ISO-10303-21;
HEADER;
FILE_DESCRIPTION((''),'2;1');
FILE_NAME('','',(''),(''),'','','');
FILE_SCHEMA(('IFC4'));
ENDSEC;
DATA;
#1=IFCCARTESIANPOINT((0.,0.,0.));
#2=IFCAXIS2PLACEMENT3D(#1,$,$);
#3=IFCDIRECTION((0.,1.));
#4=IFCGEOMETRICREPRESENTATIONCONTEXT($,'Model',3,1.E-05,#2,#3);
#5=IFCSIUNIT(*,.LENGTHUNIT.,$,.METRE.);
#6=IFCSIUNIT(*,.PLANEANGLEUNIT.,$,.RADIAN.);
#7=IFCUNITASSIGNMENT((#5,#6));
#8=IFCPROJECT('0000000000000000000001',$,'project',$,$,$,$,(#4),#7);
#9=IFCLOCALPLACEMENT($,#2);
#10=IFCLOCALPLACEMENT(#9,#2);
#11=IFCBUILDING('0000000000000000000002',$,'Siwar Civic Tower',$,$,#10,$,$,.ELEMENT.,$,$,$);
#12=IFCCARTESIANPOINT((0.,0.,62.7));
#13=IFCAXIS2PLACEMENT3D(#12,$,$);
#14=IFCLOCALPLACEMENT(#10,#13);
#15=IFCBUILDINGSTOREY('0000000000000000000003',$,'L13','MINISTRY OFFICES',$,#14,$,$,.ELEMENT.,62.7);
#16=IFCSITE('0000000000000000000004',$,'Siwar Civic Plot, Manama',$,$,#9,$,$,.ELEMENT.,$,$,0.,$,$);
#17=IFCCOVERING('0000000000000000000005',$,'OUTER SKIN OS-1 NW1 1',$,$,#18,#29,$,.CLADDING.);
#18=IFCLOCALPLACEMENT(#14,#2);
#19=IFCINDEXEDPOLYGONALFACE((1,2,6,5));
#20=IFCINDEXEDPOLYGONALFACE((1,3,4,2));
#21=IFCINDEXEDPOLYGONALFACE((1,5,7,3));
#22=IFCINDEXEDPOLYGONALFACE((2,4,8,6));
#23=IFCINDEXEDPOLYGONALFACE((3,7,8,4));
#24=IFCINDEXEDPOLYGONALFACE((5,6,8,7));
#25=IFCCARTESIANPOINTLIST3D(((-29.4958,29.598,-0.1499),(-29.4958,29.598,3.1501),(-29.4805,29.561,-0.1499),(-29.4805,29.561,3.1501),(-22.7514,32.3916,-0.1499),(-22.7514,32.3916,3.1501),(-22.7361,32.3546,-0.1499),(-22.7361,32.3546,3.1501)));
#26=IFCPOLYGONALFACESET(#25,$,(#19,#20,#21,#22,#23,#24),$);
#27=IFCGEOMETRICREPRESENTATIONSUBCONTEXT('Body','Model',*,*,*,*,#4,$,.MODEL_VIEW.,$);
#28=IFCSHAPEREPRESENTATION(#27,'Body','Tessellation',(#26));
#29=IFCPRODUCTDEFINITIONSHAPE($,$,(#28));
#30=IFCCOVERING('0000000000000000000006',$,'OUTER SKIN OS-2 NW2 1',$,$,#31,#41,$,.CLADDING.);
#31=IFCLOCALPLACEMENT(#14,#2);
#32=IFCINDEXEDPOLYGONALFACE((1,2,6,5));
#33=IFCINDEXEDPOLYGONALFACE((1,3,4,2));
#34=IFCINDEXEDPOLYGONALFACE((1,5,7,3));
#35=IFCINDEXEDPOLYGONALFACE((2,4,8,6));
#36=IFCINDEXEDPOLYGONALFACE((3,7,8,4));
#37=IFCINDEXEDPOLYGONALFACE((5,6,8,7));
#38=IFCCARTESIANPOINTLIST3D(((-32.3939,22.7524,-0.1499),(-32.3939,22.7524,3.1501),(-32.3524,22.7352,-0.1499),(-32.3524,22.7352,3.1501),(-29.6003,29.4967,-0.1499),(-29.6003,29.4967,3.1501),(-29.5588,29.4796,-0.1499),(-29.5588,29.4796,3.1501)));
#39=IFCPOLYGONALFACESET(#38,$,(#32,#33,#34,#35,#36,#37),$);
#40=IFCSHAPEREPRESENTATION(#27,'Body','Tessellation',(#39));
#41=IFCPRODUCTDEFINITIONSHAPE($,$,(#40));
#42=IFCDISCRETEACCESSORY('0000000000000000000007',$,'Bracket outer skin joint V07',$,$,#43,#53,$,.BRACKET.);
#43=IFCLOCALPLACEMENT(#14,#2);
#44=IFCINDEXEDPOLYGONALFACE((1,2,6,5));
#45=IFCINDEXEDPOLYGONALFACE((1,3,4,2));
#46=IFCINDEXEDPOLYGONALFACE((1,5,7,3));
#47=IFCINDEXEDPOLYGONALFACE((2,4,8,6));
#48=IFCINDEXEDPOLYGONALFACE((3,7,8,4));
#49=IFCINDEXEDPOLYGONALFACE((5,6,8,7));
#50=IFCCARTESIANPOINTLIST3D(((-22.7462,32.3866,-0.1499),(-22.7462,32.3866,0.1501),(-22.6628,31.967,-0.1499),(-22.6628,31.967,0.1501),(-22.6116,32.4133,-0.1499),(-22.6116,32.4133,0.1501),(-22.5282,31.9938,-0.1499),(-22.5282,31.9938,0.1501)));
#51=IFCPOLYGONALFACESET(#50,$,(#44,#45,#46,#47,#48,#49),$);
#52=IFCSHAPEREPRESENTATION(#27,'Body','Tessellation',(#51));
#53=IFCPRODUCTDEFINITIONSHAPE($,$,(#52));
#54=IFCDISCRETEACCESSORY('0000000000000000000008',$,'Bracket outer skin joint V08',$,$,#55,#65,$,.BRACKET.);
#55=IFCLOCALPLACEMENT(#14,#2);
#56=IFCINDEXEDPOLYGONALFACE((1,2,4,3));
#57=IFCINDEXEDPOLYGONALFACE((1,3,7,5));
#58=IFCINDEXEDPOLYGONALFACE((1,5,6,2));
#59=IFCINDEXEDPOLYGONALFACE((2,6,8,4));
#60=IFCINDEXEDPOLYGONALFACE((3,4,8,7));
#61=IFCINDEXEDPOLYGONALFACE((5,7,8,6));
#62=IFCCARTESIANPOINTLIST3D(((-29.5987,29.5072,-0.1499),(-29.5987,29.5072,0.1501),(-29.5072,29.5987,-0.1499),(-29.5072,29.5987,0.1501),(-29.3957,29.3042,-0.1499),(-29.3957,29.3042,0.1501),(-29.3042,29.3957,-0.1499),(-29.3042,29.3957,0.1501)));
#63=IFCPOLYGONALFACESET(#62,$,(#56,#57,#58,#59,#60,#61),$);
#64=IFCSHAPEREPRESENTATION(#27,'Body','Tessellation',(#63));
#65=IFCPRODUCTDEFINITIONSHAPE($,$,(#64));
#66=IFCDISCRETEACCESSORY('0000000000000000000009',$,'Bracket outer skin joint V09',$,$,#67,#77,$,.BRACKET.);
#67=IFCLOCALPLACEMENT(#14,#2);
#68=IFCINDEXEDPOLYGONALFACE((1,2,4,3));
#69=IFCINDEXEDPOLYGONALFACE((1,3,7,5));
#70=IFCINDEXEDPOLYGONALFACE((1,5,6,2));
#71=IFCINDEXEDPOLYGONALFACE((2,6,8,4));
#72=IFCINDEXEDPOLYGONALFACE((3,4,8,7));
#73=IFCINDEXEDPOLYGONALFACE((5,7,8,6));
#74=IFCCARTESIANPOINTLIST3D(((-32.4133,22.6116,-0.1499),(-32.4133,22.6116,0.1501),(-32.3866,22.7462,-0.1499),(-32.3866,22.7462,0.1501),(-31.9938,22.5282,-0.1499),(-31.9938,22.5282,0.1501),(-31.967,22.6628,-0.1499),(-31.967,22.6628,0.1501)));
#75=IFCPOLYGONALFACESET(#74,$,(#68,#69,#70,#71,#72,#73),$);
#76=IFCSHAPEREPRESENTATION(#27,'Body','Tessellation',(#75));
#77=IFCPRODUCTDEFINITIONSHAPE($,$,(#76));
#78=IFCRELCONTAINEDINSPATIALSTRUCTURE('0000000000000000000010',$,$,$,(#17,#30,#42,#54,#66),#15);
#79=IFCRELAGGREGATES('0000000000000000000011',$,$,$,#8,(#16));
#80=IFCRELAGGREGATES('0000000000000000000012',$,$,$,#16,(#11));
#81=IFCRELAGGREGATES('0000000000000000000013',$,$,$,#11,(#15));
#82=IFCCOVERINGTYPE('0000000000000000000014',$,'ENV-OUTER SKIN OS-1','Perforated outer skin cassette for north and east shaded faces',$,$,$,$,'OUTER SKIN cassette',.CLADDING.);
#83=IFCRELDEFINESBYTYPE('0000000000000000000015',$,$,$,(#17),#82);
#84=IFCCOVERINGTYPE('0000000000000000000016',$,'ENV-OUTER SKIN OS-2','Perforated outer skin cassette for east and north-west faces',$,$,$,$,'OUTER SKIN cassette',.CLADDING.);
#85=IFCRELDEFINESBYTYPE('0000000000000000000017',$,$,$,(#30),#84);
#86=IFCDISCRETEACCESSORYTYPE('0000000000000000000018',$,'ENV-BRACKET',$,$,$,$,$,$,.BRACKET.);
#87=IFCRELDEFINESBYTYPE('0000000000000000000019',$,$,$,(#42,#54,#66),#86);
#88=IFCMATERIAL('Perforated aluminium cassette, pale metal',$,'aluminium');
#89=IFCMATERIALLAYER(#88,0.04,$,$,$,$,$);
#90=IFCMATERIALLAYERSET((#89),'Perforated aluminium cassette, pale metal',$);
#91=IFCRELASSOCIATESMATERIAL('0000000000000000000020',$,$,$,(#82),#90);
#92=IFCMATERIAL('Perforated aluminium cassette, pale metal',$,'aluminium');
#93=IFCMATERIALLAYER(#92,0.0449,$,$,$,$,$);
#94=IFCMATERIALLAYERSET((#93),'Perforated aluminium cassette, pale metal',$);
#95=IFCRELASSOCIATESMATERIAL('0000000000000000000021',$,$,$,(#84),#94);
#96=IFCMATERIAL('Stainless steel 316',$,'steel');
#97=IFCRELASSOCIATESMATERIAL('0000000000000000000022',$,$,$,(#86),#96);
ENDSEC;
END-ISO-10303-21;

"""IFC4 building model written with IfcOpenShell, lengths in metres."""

from ifc_helpers import new_model, si_unit, direction, frame, origin, origin_2d, place, context, subcontext, project, spatial, rectangle, extrude, material, layer, layer_set, type_object, element, save


model = new_model("IFC4")

# Units and contexts
model_context = context("Model", 3, precision=1e-05, world=origin(), true_north=direction((0.0, 1.0)))
body_context = subcontext(model_context, "Body", "Model", "MODEL_VIEW")
ifc_project = project(units=[si_unit("LENGTHUNIT", "METRE"), si_unit("PLANEANGLEUNIT", "RADIAN")], contexts=[model_context])

# Site, building, storey
site_placement = place(None, origin())
site = spatial("IfcSite", under=ifc_project, at=site_placement, Name="Siwar Civic Plot, Manama", CompositionType="ELEMENT", RefElevation=0.0)
building_placement = place(site_placement, origin())
building = spatial("IfcBuilding", under=site, at=building_placement, Name="Siwar Civic Tower", CompositionType="ELEMENT")
storey_placement = place(building_placement, frame((0.0, 0.0, 62.7)))
storey = spatial("IfcBuildingStorey", under=building, at=storey_placement, Name="L13", Description="MINISTRY OFFICES", CompositionType="ELEMENT", Elevation=62.7)

# Coverings
ifc_material_1 = material(Name="Perforated aluminium cassette, pale metal", Category="aluminium")
ifc_layer_1 = layer(ifc_material_1, 0.04)
ifc_layer_set_1 = layer_set([ifc_layer_1], Name="Perforated aluminium cassette, pale metal")
covering_type_1 = type_object("IfcCoveringType", Name="ENV-OUTER SKIN OS-1", Description="Perforated outer skin cassette for north and east shaded faces", ElementType="OUTER SKIN cassette", PredefinedType="CLADDING", material=ifc_layer_set_1)
covering_1_placement = place(storey_placement, frame((-26.116, 30.9763, -0.1499), z_axis=(0.0, 0.0, 1.0), x_axis=(-0.92388, -0.382683, 0.0)))
element("IfcCovering", 1, at=covering_1_placement, inside=storey, type_object=covering_type_1, Name="OUTER SKIN OS-1 NW1 1", PredefinedType="CLADDING", context=body_context, shape_type="SweptSolid", body=[
    extrude(rectangle(XDim=7.3, YDim=0.04, at=origin_2d()), origin(), (0.0, 0.0, 1.0), 3.3),
])
ifc_material_2 = material(Name="Perforated aluminium cassette, pale metal", Category="aluminium")
ifc_layer_2 = layer(ifc_material_2, 0.0449)
ifc_layer_set_2 = layer_set([ifc_layer_2], Name="Perforated aluminium cassette, pale metal")
covering_type_2 = type_object("IfcCoveringType", Name="ENV-OUTER SKIN OS-2", Description="Perforated outer skin cassette for east and north-west faces", ElementType="OUTER SKIN cassette", PredefinedType="CLADDING", material=ifc_layer_set_2)
covering_2_placement = place(storey_placement, frame((-30.9763, 26.116, -0.1499), z_axis=(0.0, 0.0, 1.0), x_axis=(-0.382683, -0.92388, 0.0)))
element("IfcCovering", 2, at=covering_2_placement, inside=storey, type_object=covering_type_2, Name="OUTER SKIN OS-2 NW2 1", PredefinedType="CLADDING", context=body_context, shape_type="SweptSolid", body=[
    extrude(rectangle(XDim=7.3, YDim=0.0449, at=origin_2d()), origin(), (0.0, 0.0, 1.0), 3.3),
])

# Discrete accessories
ifc_material_3 = material(Name="Stainless steel 316", Category="steel")
discrete_accessory_type = type_object("IfcDiscreteAccessoryType", Name="ENV-BRACKET", PredefinedType="BRACKET", material=ifc_material_3)
discrete_accessory_1_placement = place(storey_placement, frame((-22.6372, 32.1902, -0.1499), z_axis=(0.0, 0.0, 1.0), x_axis=(-0.19509, 0.980785, 0.0)))
element("IfcDiscreteAccessory", 3, at=discrete_accessory_1_placement, inside=storey, type_object=discrete_accessory_type, Name="Bracket outer skin joint V07", PredefinedType="BRACKET", context=body_context, shape_type="SweptSolid", body=[
    extrude(rectangle(XDim=0.4277, YDim=0.1372, at=origin_2d()), origin(), (0.0, 0.0, 1.0), 0.3),
])
discrete_accessory_2_placement = place(storey_placement, frame((-29.4514, 29.4514, -0.1499), z_axis=(0.0, 0.0, 1.0), x_axis=(-0.707107, 0.707107, 0.0)))
element("IfcDiscreteAccessory", 4, at=discrete_accessory_2_placement, inside=storey, type_object=discrete_accessory_type, Name="Bracket outer skin joint V08", PredefinedType="BRACKET", context=body_context, shape_type="SweptSolid", body=[
    extrude(rectangle(XDim=0.2871, YDim=0.1294, at=origin_2d()), origin(), (0.0, 0.0, 1.0), 0.3),
])
discrete_accessory_3_placement = place(storey_placement, frame((-32.1902, 22.6372, -0.1499), z_axis=(0.0, 0.0, 1.0), x_axis=(-0.980785, 0.19509, 0.0)))
element("IfcDiscreteAccessory", 5, at=discrete_accessory_3_placement, inside=storey, type_object=discrete_accessory_type, Name="Bracket outer skin joint V09", PredefinedType="BRACKET", context=body_context, shape_type="SweptSolid", body=[
    extrude(rectangle(XDim=0.4277, YDim=0.1372, at=origin_2d()), origin(), (0.0, 0.0, 1.0), 0.3),
])

save(model, "model.ifc")
